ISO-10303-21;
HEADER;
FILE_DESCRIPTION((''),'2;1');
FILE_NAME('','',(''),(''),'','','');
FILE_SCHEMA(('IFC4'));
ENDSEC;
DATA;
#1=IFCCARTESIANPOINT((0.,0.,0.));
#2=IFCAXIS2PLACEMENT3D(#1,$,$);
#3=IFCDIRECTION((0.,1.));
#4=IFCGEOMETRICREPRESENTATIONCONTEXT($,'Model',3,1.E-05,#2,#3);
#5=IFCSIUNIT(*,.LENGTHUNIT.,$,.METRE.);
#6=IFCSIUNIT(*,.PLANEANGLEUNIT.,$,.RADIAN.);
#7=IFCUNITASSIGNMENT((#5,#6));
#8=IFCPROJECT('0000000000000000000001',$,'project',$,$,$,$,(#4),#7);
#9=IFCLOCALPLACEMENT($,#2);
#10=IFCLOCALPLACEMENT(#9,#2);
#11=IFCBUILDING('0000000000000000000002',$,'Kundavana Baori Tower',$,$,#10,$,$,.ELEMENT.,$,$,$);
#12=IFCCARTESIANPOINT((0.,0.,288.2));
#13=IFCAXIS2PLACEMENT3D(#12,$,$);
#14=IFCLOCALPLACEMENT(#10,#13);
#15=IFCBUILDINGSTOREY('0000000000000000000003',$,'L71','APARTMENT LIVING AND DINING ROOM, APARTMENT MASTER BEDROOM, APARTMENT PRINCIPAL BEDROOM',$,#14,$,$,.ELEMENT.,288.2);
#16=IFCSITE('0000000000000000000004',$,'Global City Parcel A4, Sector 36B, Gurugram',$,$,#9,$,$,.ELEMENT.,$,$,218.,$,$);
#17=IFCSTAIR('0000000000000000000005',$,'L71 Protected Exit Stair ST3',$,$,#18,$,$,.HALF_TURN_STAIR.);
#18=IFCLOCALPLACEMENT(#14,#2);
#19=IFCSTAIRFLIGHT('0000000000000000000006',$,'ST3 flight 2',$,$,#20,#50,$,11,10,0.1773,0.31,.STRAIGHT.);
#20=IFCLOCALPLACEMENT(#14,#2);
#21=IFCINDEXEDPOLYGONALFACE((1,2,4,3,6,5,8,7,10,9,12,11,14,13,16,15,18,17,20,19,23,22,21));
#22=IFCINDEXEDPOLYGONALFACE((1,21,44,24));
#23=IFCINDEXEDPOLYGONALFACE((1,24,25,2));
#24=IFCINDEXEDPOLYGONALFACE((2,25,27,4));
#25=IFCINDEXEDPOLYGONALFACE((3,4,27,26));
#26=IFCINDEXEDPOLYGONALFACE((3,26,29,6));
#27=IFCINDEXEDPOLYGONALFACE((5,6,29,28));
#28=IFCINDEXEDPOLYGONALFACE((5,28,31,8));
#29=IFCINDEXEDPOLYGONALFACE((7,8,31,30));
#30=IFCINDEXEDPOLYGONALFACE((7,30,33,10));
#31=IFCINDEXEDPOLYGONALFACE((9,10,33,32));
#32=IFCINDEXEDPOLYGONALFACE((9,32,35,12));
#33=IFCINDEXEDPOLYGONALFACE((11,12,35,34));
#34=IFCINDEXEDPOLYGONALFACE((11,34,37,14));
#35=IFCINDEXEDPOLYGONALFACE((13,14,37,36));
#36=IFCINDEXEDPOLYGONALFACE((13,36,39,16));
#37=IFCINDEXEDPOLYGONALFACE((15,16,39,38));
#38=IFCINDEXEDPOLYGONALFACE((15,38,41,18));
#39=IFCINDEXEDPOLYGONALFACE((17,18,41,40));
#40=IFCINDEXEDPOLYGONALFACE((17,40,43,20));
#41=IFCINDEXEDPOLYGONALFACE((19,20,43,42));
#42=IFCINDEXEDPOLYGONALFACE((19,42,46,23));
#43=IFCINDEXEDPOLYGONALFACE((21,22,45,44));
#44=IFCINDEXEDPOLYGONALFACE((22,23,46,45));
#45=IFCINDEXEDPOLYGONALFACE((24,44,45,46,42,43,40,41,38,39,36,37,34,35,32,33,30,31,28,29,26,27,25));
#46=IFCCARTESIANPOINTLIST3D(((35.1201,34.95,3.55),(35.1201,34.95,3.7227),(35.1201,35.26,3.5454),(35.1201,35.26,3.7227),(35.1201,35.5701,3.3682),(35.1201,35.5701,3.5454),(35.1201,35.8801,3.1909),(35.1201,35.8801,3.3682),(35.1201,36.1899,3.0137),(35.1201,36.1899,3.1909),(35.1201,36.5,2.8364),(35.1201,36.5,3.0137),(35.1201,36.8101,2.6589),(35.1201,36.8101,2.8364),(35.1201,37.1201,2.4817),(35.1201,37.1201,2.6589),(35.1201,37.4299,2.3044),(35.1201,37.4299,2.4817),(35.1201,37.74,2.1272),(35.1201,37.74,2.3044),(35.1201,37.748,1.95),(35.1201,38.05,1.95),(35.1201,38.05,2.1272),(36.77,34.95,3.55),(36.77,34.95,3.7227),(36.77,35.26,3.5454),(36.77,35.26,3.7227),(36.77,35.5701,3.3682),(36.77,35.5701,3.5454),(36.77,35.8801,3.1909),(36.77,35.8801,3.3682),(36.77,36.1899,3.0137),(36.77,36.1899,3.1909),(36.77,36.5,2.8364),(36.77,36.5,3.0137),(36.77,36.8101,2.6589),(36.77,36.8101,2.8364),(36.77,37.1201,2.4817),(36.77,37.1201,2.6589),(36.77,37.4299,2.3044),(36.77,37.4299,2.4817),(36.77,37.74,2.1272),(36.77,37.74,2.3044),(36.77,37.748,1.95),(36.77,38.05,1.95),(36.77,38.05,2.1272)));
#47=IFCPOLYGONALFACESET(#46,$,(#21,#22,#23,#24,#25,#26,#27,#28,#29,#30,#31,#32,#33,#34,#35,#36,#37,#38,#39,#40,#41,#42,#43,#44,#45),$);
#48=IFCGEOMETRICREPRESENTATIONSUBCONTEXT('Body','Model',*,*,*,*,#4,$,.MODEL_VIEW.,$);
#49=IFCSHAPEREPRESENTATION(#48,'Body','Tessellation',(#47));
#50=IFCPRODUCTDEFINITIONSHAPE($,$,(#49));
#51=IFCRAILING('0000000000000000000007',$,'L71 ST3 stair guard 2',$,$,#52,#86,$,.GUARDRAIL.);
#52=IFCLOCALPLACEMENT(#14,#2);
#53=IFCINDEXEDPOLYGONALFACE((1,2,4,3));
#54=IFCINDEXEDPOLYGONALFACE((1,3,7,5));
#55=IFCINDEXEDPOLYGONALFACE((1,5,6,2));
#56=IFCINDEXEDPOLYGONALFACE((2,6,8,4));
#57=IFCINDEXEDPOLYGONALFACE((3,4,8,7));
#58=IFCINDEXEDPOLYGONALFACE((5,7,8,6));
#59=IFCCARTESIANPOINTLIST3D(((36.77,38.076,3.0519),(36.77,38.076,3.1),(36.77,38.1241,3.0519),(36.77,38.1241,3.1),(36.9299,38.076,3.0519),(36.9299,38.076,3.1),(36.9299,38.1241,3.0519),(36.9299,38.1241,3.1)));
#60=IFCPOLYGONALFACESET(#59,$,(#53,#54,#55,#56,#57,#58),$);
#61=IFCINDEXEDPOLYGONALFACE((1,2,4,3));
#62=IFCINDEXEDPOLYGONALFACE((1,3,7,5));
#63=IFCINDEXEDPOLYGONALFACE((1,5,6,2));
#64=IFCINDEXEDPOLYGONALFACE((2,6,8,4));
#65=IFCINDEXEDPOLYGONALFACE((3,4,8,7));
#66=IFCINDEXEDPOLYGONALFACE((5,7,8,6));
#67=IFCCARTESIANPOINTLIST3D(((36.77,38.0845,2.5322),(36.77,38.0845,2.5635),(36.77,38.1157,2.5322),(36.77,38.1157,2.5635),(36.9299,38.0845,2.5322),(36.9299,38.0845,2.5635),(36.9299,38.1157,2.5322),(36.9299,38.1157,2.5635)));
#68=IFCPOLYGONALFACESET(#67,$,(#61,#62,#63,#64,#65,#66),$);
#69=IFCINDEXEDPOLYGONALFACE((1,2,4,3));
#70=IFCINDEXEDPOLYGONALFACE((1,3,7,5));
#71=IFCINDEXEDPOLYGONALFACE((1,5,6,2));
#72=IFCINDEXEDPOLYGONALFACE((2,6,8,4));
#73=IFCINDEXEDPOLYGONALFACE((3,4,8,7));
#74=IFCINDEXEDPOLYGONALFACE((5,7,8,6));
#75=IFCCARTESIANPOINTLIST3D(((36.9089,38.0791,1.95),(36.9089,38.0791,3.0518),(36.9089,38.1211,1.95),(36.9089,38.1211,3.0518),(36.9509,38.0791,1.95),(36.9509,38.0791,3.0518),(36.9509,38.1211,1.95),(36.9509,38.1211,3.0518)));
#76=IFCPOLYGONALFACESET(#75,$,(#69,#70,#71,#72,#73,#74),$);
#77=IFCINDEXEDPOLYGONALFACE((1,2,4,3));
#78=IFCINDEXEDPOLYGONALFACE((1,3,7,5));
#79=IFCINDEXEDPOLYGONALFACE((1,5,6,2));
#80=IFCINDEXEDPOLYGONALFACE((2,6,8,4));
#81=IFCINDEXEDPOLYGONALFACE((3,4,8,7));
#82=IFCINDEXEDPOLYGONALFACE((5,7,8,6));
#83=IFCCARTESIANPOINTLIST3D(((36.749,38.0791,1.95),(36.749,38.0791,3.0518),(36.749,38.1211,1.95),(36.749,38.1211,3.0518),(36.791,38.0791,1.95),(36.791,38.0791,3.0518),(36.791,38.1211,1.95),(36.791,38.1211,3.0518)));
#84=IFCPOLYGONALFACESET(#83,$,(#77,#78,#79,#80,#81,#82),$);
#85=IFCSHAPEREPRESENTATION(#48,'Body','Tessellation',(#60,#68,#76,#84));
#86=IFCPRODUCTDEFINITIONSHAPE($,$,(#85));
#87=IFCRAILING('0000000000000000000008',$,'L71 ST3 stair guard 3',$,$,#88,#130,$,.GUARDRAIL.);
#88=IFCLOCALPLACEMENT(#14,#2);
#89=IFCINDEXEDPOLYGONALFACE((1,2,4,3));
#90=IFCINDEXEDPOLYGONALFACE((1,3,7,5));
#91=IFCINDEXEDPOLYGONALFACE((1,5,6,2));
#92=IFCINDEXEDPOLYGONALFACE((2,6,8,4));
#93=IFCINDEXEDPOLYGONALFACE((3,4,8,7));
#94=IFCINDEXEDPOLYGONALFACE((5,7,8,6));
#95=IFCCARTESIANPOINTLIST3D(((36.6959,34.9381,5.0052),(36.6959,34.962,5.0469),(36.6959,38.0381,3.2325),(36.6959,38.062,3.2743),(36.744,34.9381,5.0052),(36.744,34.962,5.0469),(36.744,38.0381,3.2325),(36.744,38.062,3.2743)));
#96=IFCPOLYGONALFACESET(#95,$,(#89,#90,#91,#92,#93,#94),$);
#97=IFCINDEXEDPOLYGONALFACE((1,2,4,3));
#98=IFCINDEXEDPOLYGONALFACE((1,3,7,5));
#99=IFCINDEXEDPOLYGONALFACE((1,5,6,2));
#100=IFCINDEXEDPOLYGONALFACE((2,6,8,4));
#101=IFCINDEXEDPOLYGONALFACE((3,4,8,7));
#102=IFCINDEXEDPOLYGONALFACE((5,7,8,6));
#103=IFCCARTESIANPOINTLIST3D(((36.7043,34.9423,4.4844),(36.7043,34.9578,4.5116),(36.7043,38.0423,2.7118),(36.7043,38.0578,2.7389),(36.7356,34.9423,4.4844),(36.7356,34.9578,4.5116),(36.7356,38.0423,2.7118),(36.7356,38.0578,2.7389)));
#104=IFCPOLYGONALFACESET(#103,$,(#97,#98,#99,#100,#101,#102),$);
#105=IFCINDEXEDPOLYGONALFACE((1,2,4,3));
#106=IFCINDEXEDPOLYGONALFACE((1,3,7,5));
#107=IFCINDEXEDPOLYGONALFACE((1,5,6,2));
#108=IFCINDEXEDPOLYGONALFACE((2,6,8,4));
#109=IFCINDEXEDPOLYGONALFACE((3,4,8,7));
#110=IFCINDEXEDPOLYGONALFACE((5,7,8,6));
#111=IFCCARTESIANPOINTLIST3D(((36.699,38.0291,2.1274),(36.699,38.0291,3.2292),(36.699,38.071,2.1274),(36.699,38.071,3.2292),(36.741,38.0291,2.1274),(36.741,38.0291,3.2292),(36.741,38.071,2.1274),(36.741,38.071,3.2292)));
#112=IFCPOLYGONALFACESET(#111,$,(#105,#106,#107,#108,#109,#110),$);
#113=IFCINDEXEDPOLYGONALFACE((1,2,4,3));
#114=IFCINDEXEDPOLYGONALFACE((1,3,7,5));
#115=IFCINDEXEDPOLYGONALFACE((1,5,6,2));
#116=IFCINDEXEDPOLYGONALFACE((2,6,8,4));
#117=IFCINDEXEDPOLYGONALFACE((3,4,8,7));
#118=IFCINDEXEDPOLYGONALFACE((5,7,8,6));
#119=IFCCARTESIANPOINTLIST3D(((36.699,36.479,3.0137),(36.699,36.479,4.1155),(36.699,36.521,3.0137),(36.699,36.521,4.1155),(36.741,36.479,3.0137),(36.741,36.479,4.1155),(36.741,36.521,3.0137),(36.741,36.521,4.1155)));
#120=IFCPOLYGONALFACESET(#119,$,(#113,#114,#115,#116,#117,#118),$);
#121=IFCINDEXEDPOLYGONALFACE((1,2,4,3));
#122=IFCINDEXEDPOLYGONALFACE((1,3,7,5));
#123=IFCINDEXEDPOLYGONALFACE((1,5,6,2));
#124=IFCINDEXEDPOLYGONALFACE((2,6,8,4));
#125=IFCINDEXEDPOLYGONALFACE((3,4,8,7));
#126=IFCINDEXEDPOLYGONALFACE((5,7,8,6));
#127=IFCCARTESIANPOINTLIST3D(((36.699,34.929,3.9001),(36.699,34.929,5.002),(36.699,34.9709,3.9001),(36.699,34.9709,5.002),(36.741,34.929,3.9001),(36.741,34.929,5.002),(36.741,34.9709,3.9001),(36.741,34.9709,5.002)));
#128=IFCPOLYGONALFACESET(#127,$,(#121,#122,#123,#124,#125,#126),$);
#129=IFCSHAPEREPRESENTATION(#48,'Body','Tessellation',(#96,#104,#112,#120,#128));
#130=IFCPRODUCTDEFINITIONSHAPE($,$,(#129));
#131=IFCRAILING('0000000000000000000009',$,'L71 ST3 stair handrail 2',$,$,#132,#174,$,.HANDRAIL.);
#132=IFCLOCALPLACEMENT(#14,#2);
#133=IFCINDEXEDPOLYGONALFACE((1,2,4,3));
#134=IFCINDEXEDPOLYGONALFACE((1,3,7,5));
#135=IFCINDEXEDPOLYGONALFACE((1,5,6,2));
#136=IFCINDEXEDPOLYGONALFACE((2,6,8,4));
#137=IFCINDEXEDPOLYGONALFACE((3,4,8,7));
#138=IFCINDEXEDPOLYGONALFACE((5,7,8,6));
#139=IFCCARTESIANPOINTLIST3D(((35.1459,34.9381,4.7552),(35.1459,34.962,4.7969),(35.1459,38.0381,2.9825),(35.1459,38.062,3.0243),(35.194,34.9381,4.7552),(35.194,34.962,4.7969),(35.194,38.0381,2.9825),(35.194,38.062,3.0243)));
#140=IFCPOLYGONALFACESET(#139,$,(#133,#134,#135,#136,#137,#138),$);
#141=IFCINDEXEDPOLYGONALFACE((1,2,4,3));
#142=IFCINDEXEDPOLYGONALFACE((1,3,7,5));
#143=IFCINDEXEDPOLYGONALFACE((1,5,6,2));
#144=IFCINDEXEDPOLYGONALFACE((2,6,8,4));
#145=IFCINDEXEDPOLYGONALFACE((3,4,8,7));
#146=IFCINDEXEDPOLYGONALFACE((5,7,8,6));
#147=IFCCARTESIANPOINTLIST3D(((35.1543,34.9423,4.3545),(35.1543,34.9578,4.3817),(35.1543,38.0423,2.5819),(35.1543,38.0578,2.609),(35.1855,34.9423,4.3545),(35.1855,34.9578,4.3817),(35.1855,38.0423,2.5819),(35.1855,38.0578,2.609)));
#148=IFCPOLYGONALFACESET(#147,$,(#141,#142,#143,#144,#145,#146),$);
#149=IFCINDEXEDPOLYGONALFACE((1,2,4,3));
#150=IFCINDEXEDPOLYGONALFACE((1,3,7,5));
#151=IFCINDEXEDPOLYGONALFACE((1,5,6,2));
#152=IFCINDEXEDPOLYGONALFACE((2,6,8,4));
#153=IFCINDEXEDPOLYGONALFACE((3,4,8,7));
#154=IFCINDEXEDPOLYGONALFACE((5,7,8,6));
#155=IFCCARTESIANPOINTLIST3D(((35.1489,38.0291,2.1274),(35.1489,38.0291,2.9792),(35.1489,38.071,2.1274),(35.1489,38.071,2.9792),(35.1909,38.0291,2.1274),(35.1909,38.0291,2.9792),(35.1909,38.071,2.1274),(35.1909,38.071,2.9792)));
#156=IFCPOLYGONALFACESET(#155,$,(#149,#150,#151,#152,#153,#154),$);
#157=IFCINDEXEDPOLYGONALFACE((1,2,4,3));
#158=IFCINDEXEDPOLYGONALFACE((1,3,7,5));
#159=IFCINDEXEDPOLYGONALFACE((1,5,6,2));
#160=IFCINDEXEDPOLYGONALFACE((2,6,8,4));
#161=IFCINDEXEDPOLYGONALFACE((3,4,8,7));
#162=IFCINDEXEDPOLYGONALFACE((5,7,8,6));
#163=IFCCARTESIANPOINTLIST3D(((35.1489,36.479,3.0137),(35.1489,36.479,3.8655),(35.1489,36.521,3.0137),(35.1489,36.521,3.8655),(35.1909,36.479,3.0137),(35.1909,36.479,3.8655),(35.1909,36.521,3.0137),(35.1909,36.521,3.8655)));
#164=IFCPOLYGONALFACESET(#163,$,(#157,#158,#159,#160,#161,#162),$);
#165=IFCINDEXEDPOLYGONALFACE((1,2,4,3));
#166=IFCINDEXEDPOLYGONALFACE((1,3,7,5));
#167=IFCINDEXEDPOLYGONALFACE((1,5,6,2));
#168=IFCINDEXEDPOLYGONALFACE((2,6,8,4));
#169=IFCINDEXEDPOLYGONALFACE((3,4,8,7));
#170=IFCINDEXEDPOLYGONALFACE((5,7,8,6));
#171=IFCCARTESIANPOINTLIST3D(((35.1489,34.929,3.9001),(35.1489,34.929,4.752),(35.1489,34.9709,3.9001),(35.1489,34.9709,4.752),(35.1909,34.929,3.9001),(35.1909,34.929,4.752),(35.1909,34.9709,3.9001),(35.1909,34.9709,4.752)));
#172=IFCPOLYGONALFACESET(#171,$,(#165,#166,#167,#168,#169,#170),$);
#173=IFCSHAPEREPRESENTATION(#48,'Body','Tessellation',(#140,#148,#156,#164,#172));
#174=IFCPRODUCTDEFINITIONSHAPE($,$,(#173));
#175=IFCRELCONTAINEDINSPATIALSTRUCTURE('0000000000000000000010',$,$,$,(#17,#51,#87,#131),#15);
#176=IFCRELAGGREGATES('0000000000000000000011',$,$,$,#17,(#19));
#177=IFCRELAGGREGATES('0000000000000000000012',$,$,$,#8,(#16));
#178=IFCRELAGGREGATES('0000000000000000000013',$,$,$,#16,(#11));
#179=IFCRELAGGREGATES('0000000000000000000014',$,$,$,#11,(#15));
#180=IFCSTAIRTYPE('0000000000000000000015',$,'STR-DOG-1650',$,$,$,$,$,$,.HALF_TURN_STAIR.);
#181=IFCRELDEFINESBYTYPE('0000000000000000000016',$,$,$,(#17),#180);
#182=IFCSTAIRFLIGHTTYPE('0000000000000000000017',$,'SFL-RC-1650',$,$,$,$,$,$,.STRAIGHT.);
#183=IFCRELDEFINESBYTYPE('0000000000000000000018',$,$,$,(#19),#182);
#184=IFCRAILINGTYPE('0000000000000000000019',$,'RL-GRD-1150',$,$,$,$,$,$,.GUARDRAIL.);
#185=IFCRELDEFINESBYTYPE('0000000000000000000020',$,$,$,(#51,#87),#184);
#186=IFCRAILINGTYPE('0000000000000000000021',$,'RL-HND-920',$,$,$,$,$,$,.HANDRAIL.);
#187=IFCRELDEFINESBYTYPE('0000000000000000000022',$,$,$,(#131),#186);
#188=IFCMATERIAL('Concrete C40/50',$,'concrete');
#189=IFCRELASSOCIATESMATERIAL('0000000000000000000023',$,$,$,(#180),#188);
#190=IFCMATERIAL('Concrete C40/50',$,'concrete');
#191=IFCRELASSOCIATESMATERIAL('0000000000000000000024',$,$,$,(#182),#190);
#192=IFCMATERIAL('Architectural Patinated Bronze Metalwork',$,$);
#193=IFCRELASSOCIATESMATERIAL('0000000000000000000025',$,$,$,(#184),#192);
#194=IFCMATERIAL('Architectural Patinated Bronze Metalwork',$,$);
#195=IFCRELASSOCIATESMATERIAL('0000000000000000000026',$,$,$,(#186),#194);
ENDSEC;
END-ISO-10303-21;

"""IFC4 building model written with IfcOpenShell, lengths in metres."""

from ifc_helpers import new_model, si_unit, direction, frame, origin, origin_2d, place, context, subcontext, project, spatial, polyline, rectangle, outline, extrude, material, type_object, element, aggregate, save


model = new_model("IFC4")

# Units and contexts
model_context = context("Model", 3, precision=1e-05, world=origin(), true_north=direction((0.0, 1.0)))
body_context = subcontext(model_context, "Body", "Model", "MODEL_VIEW")
ifc_project = project(units=[si_unit("LENGTHUNIT", "METRE"), si_unit("PLANEANGLEUNIT", "RADIAN")], contexts=[model_context])

# Site, building, storey
site_placement = place(None, origin())
site = spatial("IfcSite", under=ifc_project, at=site_placement, Name="Global City Parcel A4, Sector 36B, Gurugram", CompositionType="ELEMENT", RefElevation=218.0)
building_placement = place(site_placement, origin())
building = spatial("IfcBuilding", under=site, at=building_placement, Name="Kundavana Baori Tower", CompositionType="ELEMENT")
storey_placement = place(building_placement, frame((0.0, 0.0, 288.2)))
storey = spatial("IfcBuildingStorey", under=building, at=storey_placement, Name="L71", Description="APARTMENT LIVING AND DINING ROOM, APARTMENT MASTER BEDROOM, APARTMENT PRINCIPAL BEDROOM", CompositionType="ELEMENT", Elevation=288.2)

# Stair, stair flight
ifc_material_1 = material(Name="Concrete C40/50", Category="concrete")
stair_type = type_object("IfcStairType", Name="STR-DOG-1650", PredefinedType="HALF_TURN_STAIR", material=ifc_material_1)
stair_placement = place(storey_placement, origin())
stair = element("IfcStair", 1, at=stair_placement, inside=storey, type_object=stair_type, Name="L71 Protected Exit Stair ST3", PredefinedType="HALF_TURN_STAIR")
ifc_material_2 = material(Name="Concrete C40/50", Category="concrete")
stair_flight_type = type_object("IfcStairFlightType", Name="SFL-RC-1650", PredefinedType="STRAIGHT", material=ifc_material_2)
stair_flight_placement = place(storey_placement, frame((35.9451, 38.05, 1.95), z_axis=(0.0, 0.0, 1.0), x_axis=(0.0, -1.0, 0.0)))
stair_flight = element("IfcStairFlight", 2, at=stair_flight_placement, type_object=stair_flight_type, Name="ST3 flight 2", NumberOfRisers=11, NumberOfTreads=10, PredefinedType="STRAIGHT", RiserHeight=0.1773, TreadLength=0.31, context=body_context, shape_type="SweptSolid", body=[
    extrude(outline(polyline([(0.0, 0.0), (0.0, 0.1772), (0.3101, 0.1772), (0.3101, 0.3545), (0.6201, 0.3545), (0.6201, 0.5317), (0.9299, 0.5317), (0.9299, 0.709), (1.24, 0.709), (1.24, 0.8865), (1.55, 0.8865), (1.55, 1.0637), (1.8601, 1.0637), (1.8601, 1.241), (2.1699, 1.241), (2.1699, 1.4182), (2.48, 1.4182), (2.48, 1.5955), (2.79, 1.5955), (2.79, 1.7727), (3.1001, 1.7727), (3.1001, 1.95), (3.1001, 1.6001), (0.302, 0.0), (0.0, 0.0)])), frame((0.0, 0.825, 0.0), z_axis=(0.0, -1.0, 0.0), x_axis=(1.0, 0.0, 0.0)), (0.0, 0.0, 1.0), 1.6499),
])
aggregate(stair, [stair_flight])

# Railings
ifc_material_3 = material(Name="Architectural Patinated Bronze Metalwork")
railing_type_1 = type_object("IfcRailingType", Name="RL-GRD-1150", PredefinedType="GUARDRAIL", material=ifc_material_3)
railing_1_placement = place(storey_placement, frame((36.9299, 38.1001, 1.95)))
element("IfcRailing", 3, at=railing_1_placement, inside=storey, type_object=railing_type_1, Name="L71 ST3 stair guard 2", PredefinedType="GUARDRAIL", context=body_context, shape_type="SweptSolid", body=[
    extrude(rectangle(XDim=0.0481, YDim=0.0481, at=origin_2d()), frame((0.0, 0.0, 1.126), z_axis=(-1.0, 0.0, 0.0), x_axis=(0.0, -1.0, 0.0)), (0.0, 0.0, 1.0), 0.1599),
    extrude(rectangle(XDim=0.0312, YDim=0.0312, at=origin_2d()), frame((0.0, 0.0, 0.5979), z_axis=(-1.0, 0.0, 0.0), x_axis=(0.0, -1.0, 0.0)), (0.0, 0.0, 1.0), 0.1599),
    extrude(rectangle(XDim=0.042, YDim=0.042, at=origin_2d()), origin(), (0.0, 0.0, 1.0), 1.1018),
    extrude(rectangle(XDim=0.042, YDim=0.042, at=origin_2d()), frame((-0.1599, 0.0, 0.0)), (0.0, 0.0, 1.0), 1.1018),
])
railing_2_placement = place(storey_placement, frame((36.72, 38.05, 2.1274)))
element("IfcRailing", 4, at=railing_2_placement, inside=storey, type_object=railing_type_1, Name="L71 ST3 stair guard 3", PredefinedType="GUARDRAIL", context=body_context, shape_type="SweptSolid", body=[
    extrude(rectangle(XDim=0.0481, YDim=0.0481, at=origin_2d()), frame((0.0, 0.0, 1.126), z_axis=(0.0, -0.868096, 0.496397), x_axis=(1.0, 0.0, 0.0)), (0.0, 0.0, 1.0), 3.571),
    extrude(rectangle(XDim=0.0312, YDim=0.0312, at=origin_2d()), frame((0.0, 0.0, 0.5979), z_axis=(0.0, -0.868096, 0.496397), x_axis=(1.0, 0.0, 0.0)), (0.0, 0.0, 1.0), 3.571),
    extrude(rectangle(XDim=0.042, YDim=0.042, at=origin_2d()), origin(), (0.0, 0.0, 1.0), 1.1018),
    extrude(rectangle(XDim=0.042, YDim=0.042, at=origin_2d()), frame((0.0, -1.55, 0.8862)), (0.0, 0.0, 1.0), 1.1018),
    extrude(rectangle(XDim=0.042, YDim=0.042, at=origin_2d()), frame((0.0, -3.1001, 1.7727)), (0.0, 0.0, 1.0), 1.1018),
])
ifc_material_4 = material(Name="Architectural Patinated Bronze Metalwork")
railing_type_2 = type_object("IfcRailingType", Name="RL-HND-920", PredefinedType="HANDRAIL", material=ifc_material_4)
railing_3_placement = place(storey_placement, frame((35.1699, 38.05, 2.1274)))
element("IfcRailing", 5, at=railing_3_placement, inside=storey, type_object=railing_type_2, Name="L71 ST3 stair handrail 2", PredefinedType="HANDRAIL", context=body_context, shape_type="SweptSolid", body=[
    extrude(rectangle(XDim=0.0481, YDim=0.0481, at=origin_2d()), frame((0.0, 0.0, 0.876), z_axis=(0.0, -0.868096, 0.496397), x_axis=(1.0, 0.0, 0.0)), (0.0, 0.0, 1.0), 3.571),
    extrude(rectangle(XDim=0.0312, YDim=0.0312, at=origin_2d()), frame((0.0, 0.0, 0.468), z_axis=(0.0, -0.868096, 0.496397), x_axis=(1.0, 0.0, 0.0)), (0.0, 0.0, 1.0), 3.571),
    extrude(rectangle(XDim=0.042, YDim=0.042, at=origin_2d()), origin(), (0.0, 0.0, 1.0), 0.8518),
    extrude(rectangle(XDim=0.042, YDim=0.042, at=origin_2d()), frame((0.0, -1.55, 0.8862)), (0.0, 0.0, 1.0), 0.8518),
    extrude(rectangle(XDim=0.042, YDim=0.042, at=origin_2d()), frame((0.0, -3.1001, 1.7727)), (0.0, 0.0, 1.0), 0.8518),
])

save(model, "model.ifc")
